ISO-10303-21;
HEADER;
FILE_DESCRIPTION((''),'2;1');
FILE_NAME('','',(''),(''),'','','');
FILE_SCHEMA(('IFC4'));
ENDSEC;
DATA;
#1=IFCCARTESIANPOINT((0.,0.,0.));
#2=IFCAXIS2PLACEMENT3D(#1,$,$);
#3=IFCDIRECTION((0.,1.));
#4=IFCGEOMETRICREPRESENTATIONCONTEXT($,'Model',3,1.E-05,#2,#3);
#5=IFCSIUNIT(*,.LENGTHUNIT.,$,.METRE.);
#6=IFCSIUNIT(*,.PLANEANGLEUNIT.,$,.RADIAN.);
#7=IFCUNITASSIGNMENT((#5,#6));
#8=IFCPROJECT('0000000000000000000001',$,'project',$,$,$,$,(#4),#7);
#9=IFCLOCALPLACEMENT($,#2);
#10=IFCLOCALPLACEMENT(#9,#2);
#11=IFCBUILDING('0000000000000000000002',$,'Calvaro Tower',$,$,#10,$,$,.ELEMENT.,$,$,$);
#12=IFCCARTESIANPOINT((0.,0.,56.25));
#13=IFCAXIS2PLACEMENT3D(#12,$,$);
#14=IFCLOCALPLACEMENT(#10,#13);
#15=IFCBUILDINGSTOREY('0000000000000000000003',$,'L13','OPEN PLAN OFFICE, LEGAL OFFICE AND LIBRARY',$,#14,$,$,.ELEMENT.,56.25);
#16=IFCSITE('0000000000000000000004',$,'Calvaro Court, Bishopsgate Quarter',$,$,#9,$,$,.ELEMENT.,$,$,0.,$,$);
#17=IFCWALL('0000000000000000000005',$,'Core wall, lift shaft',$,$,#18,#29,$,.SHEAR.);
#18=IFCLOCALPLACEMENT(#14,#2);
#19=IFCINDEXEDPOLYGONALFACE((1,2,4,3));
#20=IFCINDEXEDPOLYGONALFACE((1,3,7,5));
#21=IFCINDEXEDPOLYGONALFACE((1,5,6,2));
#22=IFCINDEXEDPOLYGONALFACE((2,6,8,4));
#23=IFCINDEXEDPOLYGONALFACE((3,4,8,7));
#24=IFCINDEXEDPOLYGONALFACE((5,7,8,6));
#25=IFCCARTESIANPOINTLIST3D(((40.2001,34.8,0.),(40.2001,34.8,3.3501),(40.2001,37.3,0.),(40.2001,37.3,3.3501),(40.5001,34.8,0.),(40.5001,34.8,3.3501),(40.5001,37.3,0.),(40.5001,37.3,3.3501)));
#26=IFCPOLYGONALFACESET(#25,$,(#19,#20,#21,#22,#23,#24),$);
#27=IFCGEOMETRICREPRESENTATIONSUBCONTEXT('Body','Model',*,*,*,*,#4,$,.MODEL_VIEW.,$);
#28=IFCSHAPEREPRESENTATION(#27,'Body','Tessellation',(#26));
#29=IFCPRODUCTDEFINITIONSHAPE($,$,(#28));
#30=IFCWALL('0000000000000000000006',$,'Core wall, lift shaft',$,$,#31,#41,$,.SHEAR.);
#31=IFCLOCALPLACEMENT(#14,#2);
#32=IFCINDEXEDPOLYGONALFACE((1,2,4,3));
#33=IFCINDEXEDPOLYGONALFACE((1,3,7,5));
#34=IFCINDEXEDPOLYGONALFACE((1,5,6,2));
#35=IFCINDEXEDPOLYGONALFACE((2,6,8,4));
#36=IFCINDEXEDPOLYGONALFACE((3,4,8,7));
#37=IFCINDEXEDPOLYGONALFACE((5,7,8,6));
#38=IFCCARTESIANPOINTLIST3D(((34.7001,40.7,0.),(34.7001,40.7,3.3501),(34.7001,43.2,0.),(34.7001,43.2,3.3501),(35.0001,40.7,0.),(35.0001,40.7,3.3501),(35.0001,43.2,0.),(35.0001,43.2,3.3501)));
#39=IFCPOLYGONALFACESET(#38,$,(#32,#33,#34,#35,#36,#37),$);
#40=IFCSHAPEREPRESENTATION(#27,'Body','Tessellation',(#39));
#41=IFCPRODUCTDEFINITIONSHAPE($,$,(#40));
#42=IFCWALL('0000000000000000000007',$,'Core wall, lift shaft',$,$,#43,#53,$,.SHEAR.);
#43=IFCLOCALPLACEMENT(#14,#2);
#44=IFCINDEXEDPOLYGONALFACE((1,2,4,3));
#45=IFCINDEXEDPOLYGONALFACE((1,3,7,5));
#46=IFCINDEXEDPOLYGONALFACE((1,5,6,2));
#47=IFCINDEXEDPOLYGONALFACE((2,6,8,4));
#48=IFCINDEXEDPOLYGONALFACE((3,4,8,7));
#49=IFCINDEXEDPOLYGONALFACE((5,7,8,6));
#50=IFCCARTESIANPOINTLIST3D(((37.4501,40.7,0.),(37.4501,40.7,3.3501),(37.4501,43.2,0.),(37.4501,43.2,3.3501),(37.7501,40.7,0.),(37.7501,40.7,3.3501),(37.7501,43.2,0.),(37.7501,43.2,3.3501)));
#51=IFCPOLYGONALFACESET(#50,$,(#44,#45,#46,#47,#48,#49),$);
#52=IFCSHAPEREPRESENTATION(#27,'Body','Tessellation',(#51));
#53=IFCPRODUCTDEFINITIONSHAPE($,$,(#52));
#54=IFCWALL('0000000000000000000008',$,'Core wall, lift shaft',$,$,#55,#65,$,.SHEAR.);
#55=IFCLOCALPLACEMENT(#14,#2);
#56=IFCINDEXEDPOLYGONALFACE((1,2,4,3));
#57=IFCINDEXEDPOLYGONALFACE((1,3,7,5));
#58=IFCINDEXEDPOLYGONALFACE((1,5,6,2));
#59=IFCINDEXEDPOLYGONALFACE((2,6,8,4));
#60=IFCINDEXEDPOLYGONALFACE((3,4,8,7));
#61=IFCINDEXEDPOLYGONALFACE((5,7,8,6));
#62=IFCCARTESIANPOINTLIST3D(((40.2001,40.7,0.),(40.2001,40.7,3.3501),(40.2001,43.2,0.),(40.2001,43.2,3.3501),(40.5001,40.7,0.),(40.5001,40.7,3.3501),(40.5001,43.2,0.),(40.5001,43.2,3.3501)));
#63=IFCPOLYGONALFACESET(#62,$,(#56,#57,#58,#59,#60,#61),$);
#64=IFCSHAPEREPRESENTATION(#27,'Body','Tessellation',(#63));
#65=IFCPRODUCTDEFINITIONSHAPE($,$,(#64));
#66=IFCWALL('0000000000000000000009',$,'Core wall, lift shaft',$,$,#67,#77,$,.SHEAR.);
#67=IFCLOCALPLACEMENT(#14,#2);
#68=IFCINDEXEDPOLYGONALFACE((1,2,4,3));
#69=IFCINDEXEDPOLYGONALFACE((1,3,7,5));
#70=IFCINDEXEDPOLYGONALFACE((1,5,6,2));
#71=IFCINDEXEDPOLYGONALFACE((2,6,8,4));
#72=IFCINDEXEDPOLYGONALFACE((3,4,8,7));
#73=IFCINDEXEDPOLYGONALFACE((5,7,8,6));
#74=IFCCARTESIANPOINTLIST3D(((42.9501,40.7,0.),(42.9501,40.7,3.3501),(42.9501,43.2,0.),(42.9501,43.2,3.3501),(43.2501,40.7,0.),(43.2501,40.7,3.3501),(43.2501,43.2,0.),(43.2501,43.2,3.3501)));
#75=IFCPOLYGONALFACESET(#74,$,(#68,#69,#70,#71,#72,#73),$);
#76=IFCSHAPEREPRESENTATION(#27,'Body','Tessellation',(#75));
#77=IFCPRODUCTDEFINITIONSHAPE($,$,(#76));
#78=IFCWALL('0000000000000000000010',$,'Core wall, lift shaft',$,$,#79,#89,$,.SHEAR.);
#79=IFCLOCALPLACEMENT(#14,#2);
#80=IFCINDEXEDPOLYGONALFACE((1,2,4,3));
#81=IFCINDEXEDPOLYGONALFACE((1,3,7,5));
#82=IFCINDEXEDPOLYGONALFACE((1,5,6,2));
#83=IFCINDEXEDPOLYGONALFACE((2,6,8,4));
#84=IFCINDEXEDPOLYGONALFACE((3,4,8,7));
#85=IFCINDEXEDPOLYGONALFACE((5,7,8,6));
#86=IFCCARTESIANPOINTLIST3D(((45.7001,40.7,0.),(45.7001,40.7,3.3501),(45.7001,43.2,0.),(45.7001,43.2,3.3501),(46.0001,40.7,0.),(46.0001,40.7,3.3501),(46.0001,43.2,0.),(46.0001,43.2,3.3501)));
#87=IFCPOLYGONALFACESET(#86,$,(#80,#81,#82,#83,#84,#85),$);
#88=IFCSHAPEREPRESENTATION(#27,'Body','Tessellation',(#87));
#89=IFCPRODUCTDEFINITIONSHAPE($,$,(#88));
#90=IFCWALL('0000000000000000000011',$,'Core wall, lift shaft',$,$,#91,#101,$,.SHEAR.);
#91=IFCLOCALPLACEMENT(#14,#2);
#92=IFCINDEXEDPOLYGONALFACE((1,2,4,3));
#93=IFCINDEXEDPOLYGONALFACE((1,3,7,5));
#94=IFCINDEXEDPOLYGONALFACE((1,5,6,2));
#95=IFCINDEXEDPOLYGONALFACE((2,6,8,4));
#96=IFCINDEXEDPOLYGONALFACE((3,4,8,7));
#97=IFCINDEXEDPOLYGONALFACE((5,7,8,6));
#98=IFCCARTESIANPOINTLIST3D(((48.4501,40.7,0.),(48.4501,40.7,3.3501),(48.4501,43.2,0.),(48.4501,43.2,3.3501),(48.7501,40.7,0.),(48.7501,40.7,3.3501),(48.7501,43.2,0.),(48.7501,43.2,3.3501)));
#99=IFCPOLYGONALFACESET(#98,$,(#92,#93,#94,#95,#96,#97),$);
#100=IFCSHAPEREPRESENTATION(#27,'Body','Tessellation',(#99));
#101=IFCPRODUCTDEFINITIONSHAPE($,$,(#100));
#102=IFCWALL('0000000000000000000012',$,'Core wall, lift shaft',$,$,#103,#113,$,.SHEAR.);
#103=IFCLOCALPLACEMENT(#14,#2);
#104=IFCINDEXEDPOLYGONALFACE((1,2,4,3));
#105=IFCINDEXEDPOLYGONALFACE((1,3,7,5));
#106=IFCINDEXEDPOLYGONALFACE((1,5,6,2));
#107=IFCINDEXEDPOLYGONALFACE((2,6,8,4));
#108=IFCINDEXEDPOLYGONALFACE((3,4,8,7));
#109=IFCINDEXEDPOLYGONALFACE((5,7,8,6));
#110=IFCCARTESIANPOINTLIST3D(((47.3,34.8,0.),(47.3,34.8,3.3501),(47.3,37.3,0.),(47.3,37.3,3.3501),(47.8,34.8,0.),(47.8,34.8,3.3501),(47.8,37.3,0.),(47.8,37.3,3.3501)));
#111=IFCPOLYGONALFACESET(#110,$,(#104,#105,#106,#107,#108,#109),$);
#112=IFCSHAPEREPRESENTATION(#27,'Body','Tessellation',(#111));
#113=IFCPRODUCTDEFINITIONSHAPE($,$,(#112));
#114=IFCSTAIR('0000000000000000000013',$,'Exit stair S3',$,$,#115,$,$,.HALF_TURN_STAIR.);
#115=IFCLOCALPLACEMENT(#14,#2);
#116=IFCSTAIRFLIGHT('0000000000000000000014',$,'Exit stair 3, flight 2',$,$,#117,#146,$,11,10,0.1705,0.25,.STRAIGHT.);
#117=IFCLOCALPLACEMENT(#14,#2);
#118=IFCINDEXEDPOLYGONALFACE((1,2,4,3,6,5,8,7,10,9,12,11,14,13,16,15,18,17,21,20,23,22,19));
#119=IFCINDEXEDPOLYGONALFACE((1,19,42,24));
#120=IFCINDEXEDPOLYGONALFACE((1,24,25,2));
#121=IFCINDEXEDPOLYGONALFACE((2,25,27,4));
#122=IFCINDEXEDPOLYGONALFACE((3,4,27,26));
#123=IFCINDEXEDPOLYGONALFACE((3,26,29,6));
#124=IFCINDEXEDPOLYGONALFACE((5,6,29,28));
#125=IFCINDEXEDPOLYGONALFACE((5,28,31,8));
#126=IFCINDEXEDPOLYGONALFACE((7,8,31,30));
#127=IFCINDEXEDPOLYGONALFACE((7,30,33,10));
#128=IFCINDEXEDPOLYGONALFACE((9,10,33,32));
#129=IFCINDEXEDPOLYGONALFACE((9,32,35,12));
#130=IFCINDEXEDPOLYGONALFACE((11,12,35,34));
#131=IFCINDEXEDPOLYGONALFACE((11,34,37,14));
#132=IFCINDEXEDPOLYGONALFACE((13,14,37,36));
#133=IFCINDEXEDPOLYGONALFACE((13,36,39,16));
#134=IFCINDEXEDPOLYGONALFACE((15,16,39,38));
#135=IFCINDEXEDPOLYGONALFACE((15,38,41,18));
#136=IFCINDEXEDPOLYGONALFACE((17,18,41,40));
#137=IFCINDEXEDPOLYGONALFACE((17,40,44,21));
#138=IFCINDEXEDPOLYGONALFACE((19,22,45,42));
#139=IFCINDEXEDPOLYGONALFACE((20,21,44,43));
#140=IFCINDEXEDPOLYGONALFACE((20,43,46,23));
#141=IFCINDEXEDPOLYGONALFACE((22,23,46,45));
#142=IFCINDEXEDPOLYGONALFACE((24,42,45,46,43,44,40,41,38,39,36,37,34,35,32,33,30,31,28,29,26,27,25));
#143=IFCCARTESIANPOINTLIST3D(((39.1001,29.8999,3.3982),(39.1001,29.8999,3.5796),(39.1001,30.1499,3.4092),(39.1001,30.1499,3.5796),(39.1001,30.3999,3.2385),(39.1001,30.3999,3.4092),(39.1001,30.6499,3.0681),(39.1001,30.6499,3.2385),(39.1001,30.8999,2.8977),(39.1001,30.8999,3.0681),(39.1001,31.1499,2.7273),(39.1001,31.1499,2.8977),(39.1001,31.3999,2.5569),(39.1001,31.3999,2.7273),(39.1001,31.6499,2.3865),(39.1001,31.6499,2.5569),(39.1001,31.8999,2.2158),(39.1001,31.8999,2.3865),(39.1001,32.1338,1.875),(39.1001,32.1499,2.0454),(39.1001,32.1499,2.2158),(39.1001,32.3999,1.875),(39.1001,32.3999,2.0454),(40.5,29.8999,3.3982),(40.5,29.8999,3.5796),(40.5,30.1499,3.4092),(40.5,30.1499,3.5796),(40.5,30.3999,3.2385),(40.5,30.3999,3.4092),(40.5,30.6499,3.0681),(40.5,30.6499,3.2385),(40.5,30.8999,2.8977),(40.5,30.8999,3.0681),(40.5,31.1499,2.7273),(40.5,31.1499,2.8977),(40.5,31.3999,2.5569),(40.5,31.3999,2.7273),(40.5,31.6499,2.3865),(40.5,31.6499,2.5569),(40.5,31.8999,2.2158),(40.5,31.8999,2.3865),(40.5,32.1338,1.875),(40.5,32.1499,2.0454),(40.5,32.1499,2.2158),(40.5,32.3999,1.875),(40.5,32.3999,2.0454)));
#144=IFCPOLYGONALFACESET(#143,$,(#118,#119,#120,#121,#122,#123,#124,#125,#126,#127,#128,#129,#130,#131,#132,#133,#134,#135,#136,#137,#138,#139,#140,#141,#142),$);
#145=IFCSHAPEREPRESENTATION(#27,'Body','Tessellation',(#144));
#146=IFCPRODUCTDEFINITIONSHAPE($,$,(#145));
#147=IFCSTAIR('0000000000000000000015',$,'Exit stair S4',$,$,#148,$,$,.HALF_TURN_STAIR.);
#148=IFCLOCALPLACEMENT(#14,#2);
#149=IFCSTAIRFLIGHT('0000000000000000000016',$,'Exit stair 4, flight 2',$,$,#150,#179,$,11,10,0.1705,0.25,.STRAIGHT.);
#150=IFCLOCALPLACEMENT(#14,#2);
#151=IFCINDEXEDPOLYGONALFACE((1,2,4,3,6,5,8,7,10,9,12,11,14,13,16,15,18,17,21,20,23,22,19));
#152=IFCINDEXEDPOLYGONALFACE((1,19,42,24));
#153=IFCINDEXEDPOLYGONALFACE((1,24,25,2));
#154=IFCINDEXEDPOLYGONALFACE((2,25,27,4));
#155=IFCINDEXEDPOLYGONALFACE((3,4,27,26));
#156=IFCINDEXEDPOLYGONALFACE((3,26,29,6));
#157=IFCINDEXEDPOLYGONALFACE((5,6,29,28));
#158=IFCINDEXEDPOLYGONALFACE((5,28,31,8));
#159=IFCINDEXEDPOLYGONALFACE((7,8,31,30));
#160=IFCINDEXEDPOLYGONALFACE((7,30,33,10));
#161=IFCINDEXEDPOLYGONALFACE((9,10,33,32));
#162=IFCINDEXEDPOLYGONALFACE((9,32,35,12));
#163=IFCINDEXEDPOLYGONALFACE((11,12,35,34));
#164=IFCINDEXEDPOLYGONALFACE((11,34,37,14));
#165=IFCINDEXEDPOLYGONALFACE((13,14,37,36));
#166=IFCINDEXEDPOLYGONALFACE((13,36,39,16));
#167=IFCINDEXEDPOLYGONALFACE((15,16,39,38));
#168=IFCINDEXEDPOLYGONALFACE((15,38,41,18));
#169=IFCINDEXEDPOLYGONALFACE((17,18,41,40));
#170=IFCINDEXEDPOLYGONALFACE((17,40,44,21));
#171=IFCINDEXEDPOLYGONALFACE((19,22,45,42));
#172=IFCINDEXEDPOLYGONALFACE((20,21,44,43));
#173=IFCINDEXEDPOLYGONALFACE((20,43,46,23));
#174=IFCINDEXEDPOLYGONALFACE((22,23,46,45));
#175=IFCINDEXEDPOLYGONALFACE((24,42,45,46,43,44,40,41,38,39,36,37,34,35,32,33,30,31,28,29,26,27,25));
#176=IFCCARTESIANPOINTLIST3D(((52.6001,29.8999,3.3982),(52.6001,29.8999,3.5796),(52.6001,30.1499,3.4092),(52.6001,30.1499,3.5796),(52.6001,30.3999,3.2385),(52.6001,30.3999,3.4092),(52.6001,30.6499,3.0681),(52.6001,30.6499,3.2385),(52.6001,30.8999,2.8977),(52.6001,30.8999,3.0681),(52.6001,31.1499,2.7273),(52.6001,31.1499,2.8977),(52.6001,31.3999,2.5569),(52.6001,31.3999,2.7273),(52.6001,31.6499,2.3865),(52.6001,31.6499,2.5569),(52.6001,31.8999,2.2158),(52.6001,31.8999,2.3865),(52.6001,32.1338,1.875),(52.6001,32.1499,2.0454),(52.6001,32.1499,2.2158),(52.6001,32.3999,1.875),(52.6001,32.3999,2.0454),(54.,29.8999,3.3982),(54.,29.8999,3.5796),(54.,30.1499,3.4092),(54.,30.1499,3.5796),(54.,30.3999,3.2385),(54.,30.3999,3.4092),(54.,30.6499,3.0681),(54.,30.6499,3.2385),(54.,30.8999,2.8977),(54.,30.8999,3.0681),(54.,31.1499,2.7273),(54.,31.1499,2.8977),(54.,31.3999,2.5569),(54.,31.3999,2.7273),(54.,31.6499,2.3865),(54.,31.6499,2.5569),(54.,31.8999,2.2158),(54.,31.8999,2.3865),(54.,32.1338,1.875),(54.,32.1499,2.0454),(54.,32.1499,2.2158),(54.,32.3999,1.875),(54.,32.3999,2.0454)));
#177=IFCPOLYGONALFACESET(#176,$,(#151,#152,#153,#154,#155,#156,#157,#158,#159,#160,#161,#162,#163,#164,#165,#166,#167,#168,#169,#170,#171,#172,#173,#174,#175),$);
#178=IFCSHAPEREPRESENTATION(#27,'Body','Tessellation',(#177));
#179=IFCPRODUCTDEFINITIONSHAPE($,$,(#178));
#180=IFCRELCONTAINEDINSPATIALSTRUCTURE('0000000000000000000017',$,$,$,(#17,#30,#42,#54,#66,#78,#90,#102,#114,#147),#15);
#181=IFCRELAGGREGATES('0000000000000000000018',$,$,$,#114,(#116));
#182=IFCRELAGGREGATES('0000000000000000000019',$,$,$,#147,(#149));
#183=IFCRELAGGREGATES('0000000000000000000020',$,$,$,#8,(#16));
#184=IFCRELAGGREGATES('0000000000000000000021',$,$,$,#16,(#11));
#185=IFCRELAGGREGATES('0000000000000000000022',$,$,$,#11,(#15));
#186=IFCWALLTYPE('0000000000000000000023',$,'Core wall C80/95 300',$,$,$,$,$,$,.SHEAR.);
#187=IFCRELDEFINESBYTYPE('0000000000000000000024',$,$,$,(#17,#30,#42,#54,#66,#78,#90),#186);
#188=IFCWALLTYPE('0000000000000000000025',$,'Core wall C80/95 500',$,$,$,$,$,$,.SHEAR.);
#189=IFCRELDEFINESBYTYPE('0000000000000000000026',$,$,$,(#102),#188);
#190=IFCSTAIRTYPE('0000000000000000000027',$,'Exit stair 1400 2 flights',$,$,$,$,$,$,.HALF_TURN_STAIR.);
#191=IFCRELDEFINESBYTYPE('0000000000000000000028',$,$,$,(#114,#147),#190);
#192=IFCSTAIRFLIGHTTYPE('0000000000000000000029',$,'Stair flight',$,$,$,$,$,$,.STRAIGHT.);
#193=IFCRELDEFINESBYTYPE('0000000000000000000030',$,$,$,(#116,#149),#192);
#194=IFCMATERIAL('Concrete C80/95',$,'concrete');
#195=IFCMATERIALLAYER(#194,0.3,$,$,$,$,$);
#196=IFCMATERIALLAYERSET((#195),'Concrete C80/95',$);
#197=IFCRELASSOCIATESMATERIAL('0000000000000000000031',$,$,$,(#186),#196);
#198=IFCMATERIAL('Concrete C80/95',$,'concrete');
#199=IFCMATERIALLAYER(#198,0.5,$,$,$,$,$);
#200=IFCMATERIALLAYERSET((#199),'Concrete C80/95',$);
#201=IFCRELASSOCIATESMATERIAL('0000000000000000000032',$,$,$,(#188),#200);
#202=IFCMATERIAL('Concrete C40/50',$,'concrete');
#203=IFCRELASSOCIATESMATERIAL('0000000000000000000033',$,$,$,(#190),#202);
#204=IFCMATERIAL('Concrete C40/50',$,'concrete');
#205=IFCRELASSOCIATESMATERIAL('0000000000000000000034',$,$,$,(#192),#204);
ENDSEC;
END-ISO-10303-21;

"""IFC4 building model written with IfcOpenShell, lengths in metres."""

from ifc_helpers import new_model, si_unit, direction, frame, frame_2d, origin, place, context, subcontext, project, spatial, polyline, rectangle, outline, extrude, material, layer, layer_set, type_object, element, aggregate, save


model = new_model("IFC4")

# Units and contexts
model_context = context("Model", 3, precision=1e-05, world=origin(), true_north=direction((0.0, 1.0)))
body_context = subcontext(model_context, "Body", "Model", "MODEL_VIEW")
ifc_project = project(units=[si_unit("LENGTHUNIT", "METRE"), si_unit("PLANEANGLEUNIT", "RADIAN")], contexts=[model_context])

# Site, building, storey
site_placement = place(None, origin())
site = spatial("IfcSite", under=ifc_project, at=site_placement, Name="Calvaro Court, Bishopsgate Quarter", CompositionType="ELEMENT", RefElevation=0.0)
building_placement = place(site_placement, origin())
building = spatial("IfcBuilding", under=site, at=building_placement, Name="Calvaro Tower", CompositionType="ELEMENT")
storey_placement = place(building_placement, frame((0.0, 0.0, 56.25)))
storey = spatial("IfcBuildingStorey", under=building, at=storey_placement, Name="L13", Description="OPEN PLAN OFFICE, LEGAL OFFICE AND LIBRARY", CompositionType="ELEMENT", Elevation=56.25)

# Shared definitions
ifc_material_1 = material(Name="Concrete C80/95", Category="concrete")
ifc_layer_1 = layer(ifc_material_1, 0.3)
ifc_layer_set_1 = layer_set([ifc_layer_1], Name="Concrete C80/95")
wall_type_1 = type_object("IfcWallType", Name="Core wall C80/95 300", PredefinedType="SHEAR", material=ifc_layer_set_1)

# Walls
for number, where, z_axis, x_axis, name in (
    (1, (40.3501, 34.8, 0.0), (0.0, 0.0, 1.0), (0.0, 1.0, 0.0), "Core wall, lift shaft"),
    (2, (34.8501, 40.7, 0.0), (0.0, 0.0, 1.0), (0.0, 1.0, 0.0), "Core wall, lift shaft"),
    (3, (37.6001, 40.7, 0.0), (0.0, 0.0, 1.0), (0.0, 1.0, 0.0), "Core wall, lift shaft"),
    (4, (40.3501, 40.7, 0.0), (0.0, 0.0, 1.0), (0.0, 1.0, 0.0), "Core wall, lift shaft"),
    (5, (43.1001, 40.7, 0.0), (0.0, 0.0, 1.0), (0.0, 1.0, 0.0), "Core wall, lift shaft"),
    (6, (45.8501, 40.7, 0.0), (0.0, 0.0, 1.0), (0.0, 1.0, 0.0), "Core wall, lift shaft"),
    (7, (48.6001, 40.7, 0.0), (0.0, 0.0, 1.0), (0.0, 1.0, 0.0), "Core wall, lift shaft"),
):
    element("IfcWall", number, at=place(storey_placement, frame(where, z_axis=z_axis, x_axis=x_axis)), inside=storey, type_object=wall_type_1, Name=name, PredefinedType="SHEAR", context=body_context, shape_type="SweptSolid", body=[
        extrude(rectangle(XDim=2.5, YDim=0.3, at=frame_2d((1.25, 0.0))), origin(), (0.0, 0.0, 1.0), 3.3501),
    ])
ifc_material_2 = material(Name="Concrete C80/95", Category="concrete")
ifc_layer_2 = layer(ifc_material_2, 0.5)
ifc_layer_set_2 = layer_set([ifc_layer_2], Name="Concrete C80/95")
wall_type_2 = type_object("IfcWallType", Name="Core wall C80/95 500", PredefinedType="SHEAR", material=ifc_layer_set_2)
wall_1_placement = place(storey_placement, frame((47.55, 34.8, 0.0), z_axis=(0.0, 0.0, 1.0), x_axis=(0.0, 1.0, 0.0)))
element("IfcWall", 8, at=wall_1_placement, inside=storey, type_object=wall_type_2, Name="Core wall, lift shaft", PredefinedType="SHEAR", context=body_context, shape_type="SweptSolid", body=[
    extrude(rectangle(XDim=2.5, YDim=0.5, at=frame_2d((1.25, 0.0))), origin(), (0.0, 0.0, 1.0), 3.3501),
])

# Stairs, stair flights
ifc_material_3 = material(Name="Concrete C40/50", Category="concrete")
stair_type = type_object("IfcStairType", Name="Exit stair 1400 2 flights", PredefinedType="HALF_TURN_STAIR", material=ifc_material_3)
stair_1_placement = place(storey_placement, origin())
stair_1 = element("IfcStair", 9, at=stair_1_placement, inside=storey, type_object=stair_type, Name="Exit stair S3", PredefinedType="HALF_TURN_STAIR")
ifc_material_4 = material(Name="Concrete C40/50", Category="concrete")
stair_flight_type = type_object("IfcStairFlightType", Name="Stair flight", PredefinedType="STRAIGHT", material=ifc_material_4)
stair_flight_1_placement = place(storey_placement, frame((39.8, 32.3999, 1.875), z_axis=(0.0, 0.0, 1.0), x_axis=(0.0, -1.0, 0.0)))
stair_flight_1 = element("IfcStairFlight", 10, at=stair_flight_1_placement, type_object=stair_flight_type, Name="Exit stair 3, flight 2", NumberOfRisers=11, NumberOfTreads=10, PredefinedType="STRAIGHT", RiserHeight=0.1705, TreadLength=0.25, context=body_context, shape_type="SweptSolid", body=[
    extrude(outline(polyline([(0.0, 0.0), (0.0, 0.1704), (0.25, 0.1704), (0.25, 0.3408), (0.5, 0.3408), (0.5, 0.5115), (0.75, 0.5115), (0.75, 0.6819), (1.0, 0.6819), (1.0, 0.8523), (1.25, 0.8523), (1.25, 1.0227), (1.5, 1.0227), (1.5, 1.1931), (1.75, 1.1931), (1.75, 1.3635), (2.0, 1.3635), (2.0, 1.5342), (2.25, 1.5342), (2.25, 1.7046), (2.5, 1.7046), (2.5, 1.875), (2.5, 1.5232), (0.2661, 0.0), (0.0, 0.0)])), frame((0.0, 0.7, 0.0), z_axis=(0.0, -1.0, 0.0), x_axis=(1.0, 0.0, 0.0)), (0.0, 0.0, 1.0), 1.3999),
])
stair_2_placement = place(storey_placement, origin())
stair_2 = element("IfcStair", 11, at=stair_2_placement, inside=storey, type_object=stair_type, Name="Exit stair S4", PredefinedType="HALF_TURN_STAIR")
stair_flight_2_placement = place(storey_placement, frame((53.3, 32.3999, 1.875), z_axis=(0.0, 0.0, 1.0), x_axis=(0.0, -1.0, 0.0)))
stair_flight_2 = element("IfcStairFlight", 12, at=stair_flight_2_placement, type_object=stair_flight_type, Name="Exit stair 4, flight 2", NumberOfRisers=11, NumberOfTreads=10, PredefinedType="STRAIGHT", RiserHeight=0.1705, TreadLength=0.25, context=body_context, shape_type="SweptSolid", body=[
    extrude(outline(polyline([(0.0, 0.0), (0.0, 0.1704), (0.25, 0.1704), (0.25, 0.3408), (0.5, 0.3408), (0.5, 0.5115), (0.75, 0.5115), (0.75, 0.6819), (1.0, 0.6819), (1.0, 0.8523), (1.25, 0.8523), (1.25, 1.0227), (1.5, 1.0227), (1.5, 1.1931), (1.75, 1.1931), (1.75, 1.3635), (2.0, 1.3635), (2.0, 1.5342), (2.25, 1.5342), (2.25, 1.7046), (2.5, 1.7046), (2.5, 1.875), (2.5, 1.5232), (0.2661, 0.0), (0.0, 0.0)])), frame((0.0, 0.7, 0.0), z_axis=(0.0, -1.0, 0.0), x_axis=(1.0, 0.0, 0.0)), (0.0, 0.0, 1.0), 1.3999),
])

aggregate(stair_1, [stair_flight_1])
aggregate(stair_2, [stair_flight_2])

save(model, "model.ifc")
